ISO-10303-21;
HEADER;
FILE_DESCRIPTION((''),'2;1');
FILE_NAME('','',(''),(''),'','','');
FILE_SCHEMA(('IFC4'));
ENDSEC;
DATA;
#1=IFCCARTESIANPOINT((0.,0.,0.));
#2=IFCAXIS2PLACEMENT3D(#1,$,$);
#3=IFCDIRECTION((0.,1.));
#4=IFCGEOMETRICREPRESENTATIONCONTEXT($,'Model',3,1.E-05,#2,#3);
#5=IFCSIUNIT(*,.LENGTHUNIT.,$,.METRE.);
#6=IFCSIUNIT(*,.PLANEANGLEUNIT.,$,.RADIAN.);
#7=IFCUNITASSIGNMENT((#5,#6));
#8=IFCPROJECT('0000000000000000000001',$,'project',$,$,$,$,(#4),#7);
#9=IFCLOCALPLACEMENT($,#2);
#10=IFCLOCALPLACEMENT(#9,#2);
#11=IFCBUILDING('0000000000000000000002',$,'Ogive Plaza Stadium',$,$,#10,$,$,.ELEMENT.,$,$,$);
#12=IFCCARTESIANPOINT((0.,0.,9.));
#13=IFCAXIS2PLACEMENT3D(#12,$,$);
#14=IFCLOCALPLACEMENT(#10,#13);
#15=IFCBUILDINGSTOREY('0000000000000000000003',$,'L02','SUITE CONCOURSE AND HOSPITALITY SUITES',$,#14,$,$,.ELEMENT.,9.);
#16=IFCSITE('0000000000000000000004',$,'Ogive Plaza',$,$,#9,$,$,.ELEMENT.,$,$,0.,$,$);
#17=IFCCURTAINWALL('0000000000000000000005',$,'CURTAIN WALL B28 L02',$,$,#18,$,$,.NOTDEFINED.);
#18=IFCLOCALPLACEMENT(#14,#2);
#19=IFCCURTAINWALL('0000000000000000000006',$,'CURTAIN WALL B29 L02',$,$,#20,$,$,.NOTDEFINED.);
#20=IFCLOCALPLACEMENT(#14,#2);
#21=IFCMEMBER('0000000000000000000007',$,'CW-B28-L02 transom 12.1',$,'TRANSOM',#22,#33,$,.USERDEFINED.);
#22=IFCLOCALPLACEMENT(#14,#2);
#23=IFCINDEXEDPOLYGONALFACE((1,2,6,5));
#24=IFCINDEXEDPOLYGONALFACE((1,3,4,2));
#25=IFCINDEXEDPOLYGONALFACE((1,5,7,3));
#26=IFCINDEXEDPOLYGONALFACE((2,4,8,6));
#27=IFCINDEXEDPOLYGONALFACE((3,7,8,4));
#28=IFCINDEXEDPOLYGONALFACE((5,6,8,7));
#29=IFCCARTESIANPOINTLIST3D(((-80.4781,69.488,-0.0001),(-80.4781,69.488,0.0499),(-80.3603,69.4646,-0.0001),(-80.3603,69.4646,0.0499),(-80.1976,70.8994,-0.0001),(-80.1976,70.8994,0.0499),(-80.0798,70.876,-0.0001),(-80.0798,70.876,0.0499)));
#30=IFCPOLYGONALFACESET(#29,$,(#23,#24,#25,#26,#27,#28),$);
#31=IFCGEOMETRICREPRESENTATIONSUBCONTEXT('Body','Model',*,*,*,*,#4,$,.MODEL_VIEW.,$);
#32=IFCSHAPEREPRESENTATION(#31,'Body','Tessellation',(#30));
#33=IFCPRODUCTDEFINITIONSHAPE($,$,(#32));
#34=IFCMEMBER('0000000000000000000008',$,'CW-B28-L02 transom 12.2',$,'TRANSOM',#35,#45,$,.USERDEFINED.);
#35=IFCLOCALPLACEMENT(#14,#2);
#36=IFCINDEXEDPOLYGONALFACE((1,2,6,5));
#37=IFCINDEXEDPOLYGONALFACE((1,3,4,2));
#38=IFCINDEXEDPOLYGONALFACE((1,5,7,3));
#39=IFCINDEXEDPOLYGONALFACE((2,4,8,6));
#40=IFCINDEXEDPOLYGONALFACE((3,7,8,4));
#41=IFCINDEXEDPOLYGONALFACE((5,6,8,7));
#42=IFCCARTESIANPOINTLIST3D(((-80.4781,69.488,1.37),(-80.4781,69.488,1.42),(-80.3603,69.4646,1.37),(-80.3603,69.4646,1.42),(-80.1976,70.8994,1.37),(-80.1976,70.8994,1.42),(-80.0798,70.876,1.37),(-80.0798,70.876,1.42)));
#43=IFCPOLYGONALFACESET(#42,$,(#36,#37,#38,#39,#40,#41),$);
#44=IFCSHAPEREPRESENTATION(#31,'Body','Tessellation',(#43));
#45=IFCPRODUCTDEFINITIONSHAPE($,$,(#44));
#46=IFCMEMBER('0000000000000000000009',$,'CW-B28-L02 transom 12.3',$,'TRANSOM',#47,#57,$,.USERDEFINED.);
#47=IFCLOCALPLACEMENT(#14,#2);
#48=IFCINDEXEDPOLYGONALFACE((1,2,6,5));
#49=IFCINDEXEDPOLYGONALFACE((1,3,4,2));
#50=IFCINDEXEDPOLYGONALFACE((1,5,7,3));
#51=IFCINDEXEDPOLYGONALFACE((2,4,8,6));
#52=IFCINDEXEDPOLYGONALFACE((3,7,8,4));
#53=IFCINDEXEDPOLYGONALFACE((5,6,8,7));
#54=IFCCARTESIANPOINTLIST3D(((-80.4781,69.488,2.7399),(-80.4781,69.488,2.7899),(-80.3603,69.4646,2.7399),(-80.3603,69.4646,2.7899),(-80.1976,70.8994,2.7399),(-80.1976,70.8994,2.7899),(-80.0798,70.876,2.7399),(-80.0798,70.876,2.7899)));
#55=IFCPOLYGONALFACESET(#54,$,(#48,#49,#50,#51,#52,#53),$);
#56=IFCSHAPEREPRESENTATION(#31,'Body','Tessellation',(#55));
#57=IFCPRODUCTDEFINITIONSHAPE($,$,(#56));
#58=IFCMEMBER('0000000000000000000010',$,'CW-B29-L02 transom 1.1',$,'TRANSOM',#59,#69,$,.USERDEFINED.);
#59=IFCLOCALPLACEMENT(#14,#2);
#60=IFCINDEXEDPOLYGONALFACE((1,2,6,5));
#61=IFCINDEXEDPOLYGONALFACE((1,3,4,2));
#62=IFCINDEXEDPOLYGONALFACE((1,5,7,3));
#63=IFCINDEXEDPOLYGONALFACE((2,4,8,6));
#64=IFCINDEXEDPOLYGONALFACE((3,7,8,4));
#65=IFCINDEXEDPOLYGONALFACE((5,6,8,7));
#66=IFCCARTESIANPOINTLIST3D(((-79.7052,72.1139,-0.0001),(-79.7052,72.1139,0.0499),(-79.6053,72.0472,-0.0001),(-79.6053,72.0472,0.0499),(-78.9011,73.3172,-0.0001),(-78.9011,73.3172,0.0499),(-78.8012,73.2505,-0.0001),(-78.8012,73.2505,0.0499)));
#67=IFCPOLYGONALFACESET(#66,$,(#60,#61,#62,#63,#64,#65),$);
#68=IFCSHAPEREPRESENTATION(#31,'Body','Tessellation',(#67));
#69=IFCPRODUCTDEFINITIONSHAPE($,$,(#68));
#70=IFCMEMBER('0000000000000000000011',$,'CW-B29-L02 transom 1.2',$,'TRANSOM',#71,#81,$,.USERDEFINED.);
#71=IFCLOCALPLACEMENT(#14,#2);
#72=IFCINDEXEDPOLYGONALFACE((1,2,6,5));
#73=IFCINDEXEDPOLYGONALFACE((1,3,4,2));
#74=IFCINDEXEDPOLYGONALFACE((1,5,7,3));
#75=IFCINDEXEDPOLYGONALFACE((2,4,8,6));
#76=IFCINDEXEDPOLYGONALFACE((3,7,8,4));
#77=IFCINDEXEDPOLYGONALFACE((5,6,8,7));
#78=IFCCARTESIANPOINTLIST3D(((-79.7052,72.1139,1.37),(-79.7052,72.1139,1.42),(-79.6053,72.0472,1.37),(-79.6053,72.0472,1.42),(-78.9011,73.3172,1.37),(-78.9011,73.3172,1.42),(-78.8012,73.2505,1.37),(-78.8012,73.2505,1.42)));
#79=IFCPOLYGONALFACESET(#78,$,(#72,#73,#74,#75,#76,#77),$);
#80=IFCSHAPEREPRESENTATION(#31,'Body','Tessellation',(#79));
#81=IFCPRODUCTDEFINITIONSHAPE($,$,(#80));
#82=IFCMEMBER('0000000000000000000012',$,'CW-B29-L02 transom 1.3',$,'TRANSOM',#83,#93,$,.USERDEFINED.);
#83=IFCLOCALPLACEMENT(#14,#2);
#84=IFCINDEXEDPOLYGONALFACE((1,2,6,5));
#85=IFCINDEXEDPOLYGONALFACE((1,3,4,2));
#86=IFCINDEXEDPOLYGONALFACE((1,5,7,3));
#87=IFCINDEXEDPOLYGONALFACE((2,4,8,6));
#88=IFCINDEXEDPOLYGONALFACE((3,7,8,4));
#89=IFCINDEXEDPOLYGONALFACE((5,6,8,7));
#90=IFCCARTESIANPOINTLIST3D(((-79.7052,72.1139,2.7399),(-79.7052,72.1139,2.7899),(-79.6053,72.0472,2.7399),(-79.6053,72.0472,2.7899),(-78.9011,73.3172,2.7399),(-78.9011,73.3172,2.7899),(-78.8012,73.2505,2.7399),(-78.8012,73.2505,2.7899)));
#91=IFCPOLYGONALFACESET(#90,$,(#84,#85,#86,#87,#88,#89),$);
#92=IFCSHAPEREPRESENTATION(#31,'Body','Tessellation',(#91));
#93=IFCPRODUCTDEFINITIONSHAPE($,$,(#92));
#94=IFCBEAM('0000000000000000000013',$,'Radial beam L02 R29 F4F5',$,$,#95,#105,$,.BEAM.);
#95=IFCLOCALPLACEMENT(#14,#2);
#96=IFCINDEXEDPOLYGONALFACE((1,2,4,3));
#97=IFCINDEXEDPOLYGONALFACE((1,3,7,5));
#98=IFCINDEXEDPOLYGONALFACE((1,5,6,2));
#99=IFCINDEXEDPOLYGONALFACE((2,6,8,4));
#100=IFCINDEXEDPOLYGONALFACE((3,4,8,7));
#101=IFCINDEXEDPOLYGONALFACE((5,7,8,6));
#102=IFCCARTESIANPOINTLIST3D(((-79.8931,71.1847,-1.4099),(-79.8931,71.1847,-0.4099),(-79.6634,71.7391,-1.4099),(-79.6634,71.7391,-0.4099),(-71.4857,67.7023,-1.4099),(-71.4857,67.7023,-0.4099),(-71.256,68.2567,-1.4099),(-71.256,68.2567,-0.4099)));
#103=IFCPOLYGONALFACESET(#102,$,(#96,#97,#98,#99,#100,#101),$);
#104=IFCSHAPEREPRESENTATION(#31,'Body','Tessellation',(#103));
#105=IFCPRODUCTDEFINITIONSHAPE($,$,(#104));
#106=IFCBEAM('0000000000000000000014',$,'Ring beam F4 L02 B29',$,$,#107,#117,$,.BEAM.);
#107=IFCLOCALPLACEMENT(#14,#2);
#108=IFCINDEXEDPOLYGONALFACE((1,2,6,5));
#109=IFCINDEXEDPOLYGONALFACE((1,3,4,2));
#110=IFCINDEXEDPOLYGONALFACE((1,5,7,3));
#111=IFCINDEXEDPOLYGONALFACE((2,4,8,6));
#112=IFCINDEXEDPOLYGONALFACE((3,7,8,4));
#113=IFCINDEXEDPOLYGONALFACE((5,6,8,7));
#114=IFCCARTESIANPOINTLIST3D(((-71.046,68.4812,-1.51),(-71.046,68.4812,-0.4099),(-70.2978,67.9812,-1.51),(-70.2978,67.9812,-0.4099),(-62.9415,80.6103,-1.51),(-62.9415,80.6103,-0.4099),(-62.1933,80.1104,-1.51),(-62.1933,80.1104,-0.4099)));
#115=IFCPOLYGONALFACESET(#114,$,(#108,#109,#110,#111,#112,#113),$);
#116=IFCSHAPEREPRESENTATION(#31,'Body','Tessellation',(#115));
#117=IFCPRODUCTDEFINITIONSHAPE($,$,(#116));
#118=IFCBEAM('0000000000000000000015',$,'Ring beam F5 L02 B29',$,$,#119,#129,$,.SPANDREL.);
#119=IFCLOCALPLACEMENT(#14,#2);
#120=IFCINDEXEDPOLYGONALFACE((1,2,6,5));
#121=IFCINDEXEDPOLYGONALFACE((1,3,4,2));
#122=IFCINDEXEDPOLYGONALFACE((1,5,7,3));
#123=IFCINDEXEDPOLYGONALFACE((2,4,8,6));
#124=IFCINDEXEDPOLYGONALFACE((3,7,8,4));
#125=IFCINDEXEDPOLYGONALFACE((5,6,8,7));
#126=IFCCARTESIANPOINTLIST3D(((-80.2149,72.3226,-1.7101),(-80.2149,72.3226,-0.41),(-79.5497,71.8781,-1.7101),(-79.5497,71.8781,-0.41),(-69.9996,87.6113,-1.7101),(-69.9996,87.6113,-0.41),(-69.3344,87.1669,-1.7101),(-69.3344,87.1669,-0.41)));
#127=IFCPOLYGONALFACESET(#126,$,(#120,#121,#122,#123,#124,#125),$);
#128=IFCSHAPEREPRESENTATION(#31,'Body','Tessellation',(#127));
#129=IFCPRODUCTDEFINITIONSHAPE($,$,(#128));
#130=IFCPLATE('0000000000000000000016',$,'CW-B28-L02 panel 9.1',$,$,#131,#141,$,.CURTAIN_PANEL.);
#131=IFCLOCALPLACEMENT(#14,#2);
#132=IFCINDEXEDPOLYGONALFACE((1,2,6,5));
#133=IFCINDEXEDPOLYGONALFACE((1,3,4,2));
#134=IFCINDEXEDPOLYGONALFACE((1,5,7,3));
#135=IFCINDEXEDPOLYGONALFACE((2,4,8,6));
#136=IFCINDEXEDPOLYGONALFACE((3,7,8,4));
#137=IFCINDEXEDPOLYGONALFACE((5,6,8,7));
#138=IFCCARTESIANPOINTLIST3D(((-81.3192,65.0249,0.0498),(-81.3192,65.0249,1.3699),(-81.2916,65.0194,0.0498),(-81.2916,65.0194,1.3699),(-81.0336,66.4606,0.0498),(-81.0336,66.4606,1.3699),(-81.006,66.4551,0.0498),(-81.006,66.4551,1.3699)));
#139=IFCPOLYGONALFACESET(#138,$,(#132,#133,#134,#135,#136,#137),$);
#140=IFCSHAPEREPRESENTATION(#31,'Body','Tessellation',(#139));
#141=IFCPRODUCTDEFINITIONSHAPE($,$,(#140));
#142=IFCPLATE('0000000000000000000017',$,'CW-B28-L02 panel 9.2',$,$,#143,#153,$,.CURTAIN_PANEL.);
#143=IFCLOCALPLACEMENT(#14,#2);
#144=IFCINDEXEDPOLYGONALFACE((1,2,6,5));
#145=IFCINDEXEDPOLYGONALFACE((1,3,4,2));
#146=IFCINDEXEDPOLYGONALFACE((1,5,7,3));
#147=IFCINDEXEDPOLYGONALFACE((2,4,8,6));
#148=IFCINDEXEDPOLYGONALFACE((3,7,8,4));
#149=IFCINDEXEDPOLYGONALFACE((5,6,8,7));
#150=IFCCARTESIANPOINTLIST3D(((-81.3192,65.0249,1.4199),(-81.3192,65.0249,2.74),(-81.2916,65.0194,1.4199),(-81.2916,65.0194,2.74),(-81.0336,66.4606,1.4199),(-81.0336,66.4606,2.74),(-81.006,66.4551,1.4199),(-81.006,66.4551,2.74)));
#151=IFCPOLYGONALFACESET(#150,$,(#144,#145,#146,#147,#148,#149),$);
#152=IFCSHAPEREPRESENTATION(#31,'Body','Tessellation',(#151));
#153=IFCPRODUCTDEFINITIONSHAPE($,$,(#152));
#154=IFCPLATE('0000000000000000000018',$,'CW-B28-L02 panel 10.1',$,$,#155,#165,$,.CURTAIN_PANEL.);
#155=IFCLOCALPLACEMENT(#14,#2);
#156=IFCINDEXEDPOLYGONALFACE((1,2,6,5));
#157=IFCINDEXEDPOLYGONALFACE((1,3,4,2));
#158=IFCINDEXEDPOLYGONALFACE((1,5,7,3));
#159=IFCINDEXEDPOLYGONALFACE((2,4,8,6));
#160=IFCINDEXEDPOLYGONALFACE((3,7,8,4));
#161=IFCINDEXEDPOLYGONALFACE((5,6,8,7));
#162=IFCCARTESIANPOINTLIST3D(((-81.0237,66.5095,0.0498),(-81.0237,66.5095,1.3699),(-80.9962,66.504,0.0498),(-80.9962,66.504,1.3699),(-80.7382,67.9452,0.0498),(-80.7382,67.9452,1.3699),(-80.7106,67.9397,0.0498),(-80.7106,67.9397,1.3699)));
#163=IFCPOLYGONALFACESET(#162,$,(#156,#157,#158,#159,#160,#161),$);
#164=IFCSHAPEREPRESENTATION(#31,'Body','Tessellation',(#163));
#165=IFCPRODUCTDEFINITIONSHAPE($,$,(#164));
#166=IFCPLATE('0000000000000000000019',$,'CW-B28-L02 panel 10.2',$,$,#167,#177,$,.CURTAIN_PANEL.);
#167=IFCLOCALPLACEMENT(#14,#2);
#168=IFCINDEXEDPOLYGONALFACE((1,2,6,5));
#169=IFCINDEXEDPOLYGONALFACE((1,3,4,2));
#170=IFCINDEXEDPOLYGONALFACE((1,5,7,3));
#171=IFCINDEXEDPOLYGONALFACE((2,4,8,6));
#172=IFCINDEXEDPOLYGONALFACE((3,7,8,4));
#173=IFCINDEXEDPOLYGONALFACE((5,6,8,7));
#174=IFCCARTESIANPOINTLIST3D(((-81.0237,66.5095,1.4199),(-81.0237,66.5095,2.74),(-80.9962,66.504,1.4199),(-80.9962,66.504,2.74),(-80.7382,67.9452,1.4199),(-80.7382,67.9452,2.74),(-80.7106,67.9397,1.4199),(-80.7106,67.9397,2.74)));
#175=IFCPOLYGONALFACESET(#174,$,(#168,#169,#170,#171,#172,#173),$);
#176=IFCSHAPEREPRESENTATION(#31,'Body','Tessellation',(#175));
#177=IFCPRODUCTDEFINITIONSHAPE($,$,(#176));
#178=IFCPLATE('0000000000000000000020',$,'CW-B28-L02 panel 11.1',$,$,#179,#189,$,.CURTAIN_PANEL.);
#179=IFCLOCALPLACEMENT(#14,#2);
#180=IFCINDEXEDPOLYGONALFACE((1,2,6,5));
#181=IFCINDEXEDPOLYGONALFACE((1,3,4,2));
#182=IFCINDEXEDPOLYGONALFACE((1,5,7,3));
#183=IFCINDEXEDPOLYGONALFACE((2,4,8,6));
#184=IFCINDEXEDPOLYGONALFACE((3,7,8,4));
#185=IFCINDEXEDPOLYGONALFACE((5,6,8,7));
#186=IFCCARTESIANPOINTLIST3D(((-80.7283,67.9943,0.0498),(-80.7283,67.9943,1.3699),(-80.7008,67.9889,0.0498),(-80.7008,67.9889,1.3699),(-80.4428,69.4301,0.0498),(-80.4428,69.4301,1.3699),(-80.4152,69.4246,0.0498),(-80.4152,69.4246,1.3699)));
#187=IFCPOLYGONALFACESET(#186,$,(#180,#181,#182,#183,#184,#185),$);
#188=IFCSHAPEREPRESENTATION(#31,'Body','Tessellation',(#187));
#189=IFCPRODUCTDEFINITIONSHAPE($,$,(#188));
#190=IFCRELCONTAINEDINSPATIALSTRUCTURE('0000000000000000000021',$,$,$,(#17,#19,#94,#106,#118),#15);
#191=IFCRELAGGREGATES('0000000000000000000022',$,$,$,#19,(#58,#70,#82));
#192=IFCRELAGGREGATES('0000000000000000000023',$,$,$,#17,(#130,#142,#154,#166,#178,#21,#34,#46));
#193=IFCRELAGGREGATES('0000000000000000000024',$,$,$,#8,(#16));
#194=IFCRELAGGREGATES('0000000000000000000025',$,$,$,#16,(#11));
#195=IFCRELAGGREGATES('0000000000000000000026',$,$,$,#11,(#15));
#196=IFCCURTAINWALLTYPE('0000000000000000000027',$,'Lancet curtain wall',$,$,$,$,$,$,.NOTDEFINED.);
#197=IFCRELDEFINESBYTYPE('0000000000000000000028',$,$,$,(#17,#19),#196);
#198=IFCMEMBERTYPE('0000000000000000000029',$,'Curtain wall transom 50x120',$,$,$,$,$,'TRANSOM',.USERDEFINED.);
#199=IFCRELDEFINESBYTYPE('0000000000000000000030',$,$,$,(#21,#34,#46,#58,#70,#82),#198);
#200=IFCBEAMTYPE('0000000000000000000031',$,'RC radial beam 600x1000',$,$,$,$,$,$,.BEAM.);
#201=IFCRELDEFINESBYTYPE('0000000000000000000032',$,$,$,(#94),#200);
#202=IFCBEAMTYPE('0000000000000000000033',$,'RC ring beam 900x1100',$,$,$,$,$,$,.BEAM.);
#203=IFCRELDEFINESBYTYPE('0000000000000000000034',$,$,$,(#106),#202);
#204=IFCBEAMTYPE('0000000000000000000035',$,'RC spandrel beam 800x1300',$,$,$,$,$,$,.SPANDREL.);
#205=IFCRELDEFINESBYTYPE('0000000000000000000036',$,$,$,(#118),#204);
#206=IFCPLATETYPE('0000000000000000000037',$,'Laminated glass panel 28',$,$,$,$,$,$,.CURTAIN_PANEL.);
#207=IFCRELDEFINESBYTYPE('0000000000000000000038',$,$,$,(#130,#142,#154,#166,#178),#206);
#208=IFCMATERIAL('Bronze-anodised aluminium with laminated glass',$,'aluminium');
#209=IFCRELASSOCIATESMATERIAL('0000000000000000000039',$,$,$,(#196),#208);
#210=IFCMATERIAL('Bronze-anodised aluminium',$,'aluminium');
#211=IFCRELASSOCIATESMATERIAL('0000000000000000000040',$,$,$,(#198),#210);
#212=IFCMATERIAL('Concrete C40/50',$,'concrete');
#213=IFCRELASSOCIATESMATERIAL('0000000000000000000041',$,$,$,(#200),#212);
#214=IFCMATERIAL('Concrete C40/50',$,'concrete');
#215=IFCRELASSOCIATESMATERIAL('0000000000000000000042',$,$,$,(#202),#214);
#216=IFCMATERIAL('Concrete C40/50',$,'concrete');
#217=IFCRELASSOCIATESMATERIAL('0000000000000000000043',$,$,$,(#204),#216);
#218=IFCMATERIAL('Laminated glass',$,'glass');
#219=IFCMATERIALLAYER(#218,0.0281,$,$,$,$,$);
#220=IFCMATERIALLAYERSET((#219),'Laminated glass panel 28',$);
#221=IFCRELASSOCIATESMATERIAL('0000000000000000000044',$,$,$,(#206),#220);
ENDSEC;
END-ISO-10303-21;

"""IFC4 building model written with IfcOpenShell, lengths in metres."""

from ifc_helpers import new_model, si_unit, direction, frame, origin, origin_2d, place, context, subcontext, project, spatial, rectangle, extrude, material, layer, layer_set, material_profile, profile_set, type_object, element, aggregate, save


model = new_model("IFC4")

# Units and contexts
model_context = context("Model", 3, precision=1e-05, world=origin(), true_north=direction((0.0, 1.0)))
body_context = subcontext(model_context, "Body", "Model", "MODEL_VIEW")
ifc_project = project(units=[si_unit("LENGTHUNIT", "METRE"), si_unit("PLANEANGLEUNIT", "RADIAN")], contexts=[model_context])

# Site, building, storey
site_placement = place(None, origin())
site = spatial("IfcSite", under=ifc_project, at=site_placement, Name="Ogive Plaza", CompositionType="ELEMENT", RefElevation=0.0)
building_placement = place(site_placement, origin())
building = spatial("IfcBuilding", under=site, at=building_placement, Name="Ogive Plaza Stadium", CompositionType="ELEMENT")
storey_placement = place(building_placement, frame((0.0, 0.0, 9.0)))
storey = spatial("IfcBuildingStorey", under=building, at=storey_placement, Name="L02", Description="SUITE CONCOURSE AND HOSPITALITY SUITES", CompositionType="ELEMENT", Elevation=9.0)

# Curtain wall
ifc_material_1 = material(Name="Bronze-anodised aluminium with laminated glass", Category="aluminium")
curtain_wall_type = type_object("IfcCurtainWallType", Name="Lancet curtain wall", PredefinedType="NOTDEFINED", material=ifc_material_1)
curtain_wall_1_placement = place(storey_placement, origin())
curtain_wall_1 = element("IfcCurtainWall", 1, at=curtain_wall_1_placement, inside=storey, type_object=curtain_wall_type, Name="CURTAIN WALL B28 L02", PredefinedType="NOTDEFINED")

# Curtain wall
curtain_wall_2_placement = place(storey_placement, origin())
curtain_wall_2 = element("IfcCurtainWall", 2, at=curtain_wall_2_placement, inside=storey, type_object=curtain_wall_type, Name="CURTAIN WALL B29 L02", PredefinedType="NOTDEFINED")

# Members
ifc_material_2 = material(Name="Bronze-anodised aluminium", Category="aluminium")
ifc_material_profile_1 = material_profile(ifc_material_2, rectangle(XDim=0.1201, YDim=0.05, at=origin_2d()), Name="AL 120x50")
ifc_profile_set_1 = profile_set([ifc_material_profile_1], Name="Bronze-anodised aluminium")
member_type_1 = type_object("IfcMemberType", Name="Curtain wall transom 50x120", ElementType="TRANSOM", PredefinedType="USERDEFINED", material=ifc_profile_set_1)
member_1_placement = place(storey_placement, frame((-80.4192, 69.4763, 0.0249), z_axis=(0.194941, 0.980815, 0.0), x_axis=(-0.980815, 0.194941, 0.0)))
member_1 = element("IfcMember", 3, at=member_1_placement, type_object=member_type_1, Name="CW-B28-L02 transom 12.1", ObjectType="TRANSOM", PredefinedType="USERDEFINED", context=body_context, shape_type="SweptSolid", body=[
    extrude(rectangle(XDim=0.1201, YDim=0.05, at=origin_2d()), origin(), (0.0, 0.0, 1.0), 1.439),
])
member_2_placement = place(storey_placement, frame((-80.4192, 69.4763, 1.395), z_axis=(0.194941, 0.980815, 0.0), x_axis=(-0.980815, 0.194941, 0.0)))
member_2 = element("IfcMember", 4, at=member_2_placement, type_object=member_type_1, Name="CW-B28-L02 transom 12.2", ObjectType="TRANSOM", PredefinedType="USERDEFINED", context=body_context, shape_type="SweptSolid", body=[
    extrude(rectangle(XDim=0.1201, YDim=0.05, at=origin_2d()), origin(), (0.0, 0.0, 1.0), 1.439),
])
member_3_placement = place(storey_placement, frame((-80.4192, 69.4763, 2.7649), z_axis=(0.194941, 0.980815, 0.0), x_axis=(-0.980815, 0.194941, 0.0)))
member_3 = element("IfcMember", 5, at=member_3_placement, type_object=member_type_1, Name="CW-B28-L02 transom 12.3", ObjectType="TRANSOM", PredefinedType="USERDEFINED", context=body_context, shape_type="SweptSolid", body=[
    extrude(rectangle(XDim=0.1201, YDim=0.05, at=origin_2d()), origin(), (0.0, 0.0, 1.0), 1.439),
])
member_4_placement = place(storey_placement, frame((-79.6553, 72.0806, 0.0249), z_axis=(0.555634, 0.831427, 0.0), x_axis=(-0.831427, 0.555634, 0.0)))
member_4 = element("IfcMember", 6, at=member_4_placement, type_object=member_type_1, Name="CW-B29-L02 transom 1.1", ObjectType="TRANSOM", PredefinedType="USERDEFINED", context=body_context, shape_type="SweptSolid", body=[
    extrude(rectangle(XDim=0.1201, YDim=0.05, at=origin_2d()), origin(), (0.0, 0.0, 1.0), 1.4473),
])
member_5_placement = place(storey_placement, frame((-79.6553, 72.0806, 1.395), z_axis=(0.555634, 0.831427, 0.0), x_axis=(-0.831427, 0.555634, 0.0)))
member_5 = element("IfcMember", 7, at=member_5_placement, type_object=member_type_1, Name="CW-B29-L02 transom 1.2", ObjectType="TRANSOM", PredefinedType="USERDEFINED", context=body_context, shape_type="SweptSolid", body=[
    extrude(rectangle(XDim=0.1201, YDim=0.05, at=origin_2d()), origin(), (0.0, 0.0, 1.0), 1.4473),
])
member_6_placement = place(storey_placement, frame((-79.6553, 72.0806, 2.7649), z_axis=(0.555634, 0.831427, 0.0), x_axis=(-0.831427, 0.555634, 0.0)))
member_6 = element("IfcMember", 8, at=member_6_placement, type_object=member_type_1, Name="CW-B29-L02 transom 1.3", ObjectType="TRANSOM", PredefinedType="USERDEFINED", context=body_context, shape_type="SweptSolid", body=[
    extrude(rectangle(XDim=0.1201, YDim=0.05, at=origin_2d()), origin(), (0.0, 0.0, 1.0), 1.4473),
])
aggregate(curtain_wall_2, [member_4, member_5, member_6])

# Beams
ifc_material_3 = material(Name="Concrete C40/50", Category="concrete")
ifc_material_profile_2 = material_profile(ifc_material_3, rectangle(XDim=0.6001, YDim=1.0, at=origin_2d()), Name="RC 600x1000")
ifc_profile_set_2 = profile_set([ifc_material_profile_2], Name="Concrete C40/50")
beam_type_1 = type_object("IfcBeamType", Name="RC radial beam 600x1000", PredefinedType="BEAM", material=ifc_profile_set_2)
beam_1_placement = place(storey_placement, frame((-71.3708, 67.9795, -0.9099), z_axis=(-0.923882, 0.382677, 0.0), x_axis=(-0.382677, -0.923882, 0.0)))
element("IfcBeam", 9, at=beam_1_placement, inside=storey, type_object=beam_type_1, Name="Radial beam L02 R29 F4F5", PredefinedType="BEAM", context=body_context, shape_type="SweptSolid", body=[
    extrude(rectangle(XDim=0.6001, YDim=1.0, at=origin_2d()), origin(), (0.0, 0.0, 1.0), 9.1001),
])
ifc_material_4 = material(Name="Concrete C40/50", Category="concrete")
ifc_material_profile_3 = material_profile(ifc_material_4, rectangle(XDim=0.8999, YDim=1.1001, at=origin_2d()), Name="RC 900x1100")
ifc_profile_set_3 = profile_set([ifc_material_profile_3], Name="Concrete C40/50")
beam_type_2 = type_object("IfcBeamType", Name="RC ring beam 900x1100", PredefinedType="BEAM", material=ifc_profile_set_3)
beam_2_placement = place(storey_placement, frame((-70.6719, 68.2312, -0.96), z_axis=(0.555573, 0.831468, 0.0), x_axis=(-0.831468, 0.555573, 0.0)))
element("IfcBeam", 10, at=beam_2_placement, inside=storey, type_object=beam_type_2, Name="Ring beam F4 L02 B29", PredefinedType="BEAM", context=body_context, shape_type="SweptSolid", body=[
    extrude(rectangle(XDim=0.8999, YDim=1.1001, at=origin_2d()), origin(), (0.0, 0.0, 1.0), 14.5876),
])
ifc_material_5 = material(Name="Concrete C40/50", Category="concrete")
ifc_material_profile_4 = material_profile(ifc_material_5, rectangle(XDim=0.8, YDim=1.3, at=origin_2d()), Name="RC 800x1300")
ifc_profile_set_4 = profile_set([ifc_material_profile_4], Name="Concrete C40/50")
beam_type_3 = type_object("IfcBeamType", Name="RC spandrel beam 800x1300", PredefinedType="SPANDREL", material=ifc_profile_set_4)
beam_3_placement = place(storey_placement, frame((-79.8823, 72.1003, -1.0601), z_axis=(0.555558, 0.831478, 0.0), x_axis=(-0.831478, 0.555558, 0.0)))
element("IfcBeam", 11, at=beam_3_placement, inside=storey, type_object=beam_type_3, Name="Ring beam F5 L02 B29", PredefinedType="SPANDREL", context=body_context, shape_type="SweptSolid", body=[
    extrude(rectangle(XDim=0.8, YDim=1.3, at=origin_2d()), origin(), (0.0, 0.0, 1.0), 18.3875),
])

# Plates
ifc_material_6 = material(Name="Laminated glass", Category="glass")
ifc_layer = layer(ifc_material_6, 0.0281)
ifc_layer_set = layer_set([ifc_layer], Name="Laminated glass panel 28")
plate_type = type_object("IfcPlateType", Name="Laminated glass panel 28", PredefinedType="CURTAIN_PANEL", material=ifc_layer_set)
plate_1_placement = place(storey_placement, frame((-81.1626, 65.74, 0.0498), z_axis=(0.0, 0.0, 1.0), x_axis=(0.19509, 0.980785, 0.0)))
plate_1 = element("IfcPlate", 12, at=plate_1_placement, type_object=plate_type, Name="CW-B28-L02 panel 9.1", PredefinedType="CURTAIN_PANEL", context=body_context, shape_type="SweptSolid", body=[
    extrude(rectangle(XDim=1.4639, YDim=0.0281, at=origin_2d()), origin(), (0.0, 0.0, 1.0), 1.3201),
])
plate_2_placement = place(storey_placement, frame((-81.1626, 65.74, 1.4199), z_axis=(0.0, 0.0, 1.0), x_axis=(0.19509, 0.980785, 0.0)))
plate_2 = element("IfcPlate", 13, at=plate_2_placement, type_object=plate_type, Name="CW-B28-L02 panel 9.2", PredefinedType="CURTAIN_PANEL", context=body_context, shape_type="SweptSolid", body=[
    extrude(rectangle(XDim=1.4639, YDim=0.0281, at=origin_2d()), origin(), (0.0, 0.0, 1.0), 1.3201),
])
plate_3_placement = place(storey_placement, frame((-80.8672, 67.2246, 0.0498), z_axis=(0.0, 0.0, 1.0), x_axis=(0.19509, 0.980785, 0.0)))
plate_3 = element("IfcPlate", 14, at=plate_3_placement, type_object=plate_type, Name="CW-B28-L02 panel 10.1", PredefinedType="CURTAIN_PANEL", context=body_context, shape_type="SweptSolid", body=[
    extrude(rectangle(XDim=1.4639, YDim=0.0281, at=origin_2d()), origin(), (0.0, 0.0, 1.0), 1.3201),
])
plate_4_placement = place(storey_placement, frame((-80.8672, 67.2246, 1.4199), z_axis=(0.0, 0.0, 1.0), x_axis=(0.19509, 0.980785, 0.0)))
plate_4 = element("IfcPlate", 15, at=plate_4_placement, type_object=plate_type, Name="CW-B28-L02 panel 10.2", PredefinedType="CURTAIN_PANEL", context=body_context, shape_type="SweptSolid", body=[
    extrude(rectangle(XDim=1.4639, YDim=0.0281, at=origin_2d()), origin(), (0.0, 0.0, 1.0), 1.3201),
])
plate_5_placement = place(storey_placement, frame((-80.5718, 68.7095, 0.0498), z_axis=(0.0, 0.0, 1.0), x_axis=(0.19509, 0.980785, 0.0)))
plate_5 = element("IfcPlate", 16, at=plate_5_placement, type_object=plate_type, Name="CW-B28-L02 panel 11.1", PredefinedType="CURTAIN_PANEL", context=body_context, shape_type="SweptSolid", body=[
    extrude(rectangle(XDim=1.4639, YDim=0.0281, at=origin_2d()), origin(), (0.0, 0.0, 1.0), 1.3201),
])
aggregate(curtain_wall_1, [plate_1, plate_2, plate_3, plate_4, plate_5, member_1, member_2, member_3])

save(model, "model.ifc")
